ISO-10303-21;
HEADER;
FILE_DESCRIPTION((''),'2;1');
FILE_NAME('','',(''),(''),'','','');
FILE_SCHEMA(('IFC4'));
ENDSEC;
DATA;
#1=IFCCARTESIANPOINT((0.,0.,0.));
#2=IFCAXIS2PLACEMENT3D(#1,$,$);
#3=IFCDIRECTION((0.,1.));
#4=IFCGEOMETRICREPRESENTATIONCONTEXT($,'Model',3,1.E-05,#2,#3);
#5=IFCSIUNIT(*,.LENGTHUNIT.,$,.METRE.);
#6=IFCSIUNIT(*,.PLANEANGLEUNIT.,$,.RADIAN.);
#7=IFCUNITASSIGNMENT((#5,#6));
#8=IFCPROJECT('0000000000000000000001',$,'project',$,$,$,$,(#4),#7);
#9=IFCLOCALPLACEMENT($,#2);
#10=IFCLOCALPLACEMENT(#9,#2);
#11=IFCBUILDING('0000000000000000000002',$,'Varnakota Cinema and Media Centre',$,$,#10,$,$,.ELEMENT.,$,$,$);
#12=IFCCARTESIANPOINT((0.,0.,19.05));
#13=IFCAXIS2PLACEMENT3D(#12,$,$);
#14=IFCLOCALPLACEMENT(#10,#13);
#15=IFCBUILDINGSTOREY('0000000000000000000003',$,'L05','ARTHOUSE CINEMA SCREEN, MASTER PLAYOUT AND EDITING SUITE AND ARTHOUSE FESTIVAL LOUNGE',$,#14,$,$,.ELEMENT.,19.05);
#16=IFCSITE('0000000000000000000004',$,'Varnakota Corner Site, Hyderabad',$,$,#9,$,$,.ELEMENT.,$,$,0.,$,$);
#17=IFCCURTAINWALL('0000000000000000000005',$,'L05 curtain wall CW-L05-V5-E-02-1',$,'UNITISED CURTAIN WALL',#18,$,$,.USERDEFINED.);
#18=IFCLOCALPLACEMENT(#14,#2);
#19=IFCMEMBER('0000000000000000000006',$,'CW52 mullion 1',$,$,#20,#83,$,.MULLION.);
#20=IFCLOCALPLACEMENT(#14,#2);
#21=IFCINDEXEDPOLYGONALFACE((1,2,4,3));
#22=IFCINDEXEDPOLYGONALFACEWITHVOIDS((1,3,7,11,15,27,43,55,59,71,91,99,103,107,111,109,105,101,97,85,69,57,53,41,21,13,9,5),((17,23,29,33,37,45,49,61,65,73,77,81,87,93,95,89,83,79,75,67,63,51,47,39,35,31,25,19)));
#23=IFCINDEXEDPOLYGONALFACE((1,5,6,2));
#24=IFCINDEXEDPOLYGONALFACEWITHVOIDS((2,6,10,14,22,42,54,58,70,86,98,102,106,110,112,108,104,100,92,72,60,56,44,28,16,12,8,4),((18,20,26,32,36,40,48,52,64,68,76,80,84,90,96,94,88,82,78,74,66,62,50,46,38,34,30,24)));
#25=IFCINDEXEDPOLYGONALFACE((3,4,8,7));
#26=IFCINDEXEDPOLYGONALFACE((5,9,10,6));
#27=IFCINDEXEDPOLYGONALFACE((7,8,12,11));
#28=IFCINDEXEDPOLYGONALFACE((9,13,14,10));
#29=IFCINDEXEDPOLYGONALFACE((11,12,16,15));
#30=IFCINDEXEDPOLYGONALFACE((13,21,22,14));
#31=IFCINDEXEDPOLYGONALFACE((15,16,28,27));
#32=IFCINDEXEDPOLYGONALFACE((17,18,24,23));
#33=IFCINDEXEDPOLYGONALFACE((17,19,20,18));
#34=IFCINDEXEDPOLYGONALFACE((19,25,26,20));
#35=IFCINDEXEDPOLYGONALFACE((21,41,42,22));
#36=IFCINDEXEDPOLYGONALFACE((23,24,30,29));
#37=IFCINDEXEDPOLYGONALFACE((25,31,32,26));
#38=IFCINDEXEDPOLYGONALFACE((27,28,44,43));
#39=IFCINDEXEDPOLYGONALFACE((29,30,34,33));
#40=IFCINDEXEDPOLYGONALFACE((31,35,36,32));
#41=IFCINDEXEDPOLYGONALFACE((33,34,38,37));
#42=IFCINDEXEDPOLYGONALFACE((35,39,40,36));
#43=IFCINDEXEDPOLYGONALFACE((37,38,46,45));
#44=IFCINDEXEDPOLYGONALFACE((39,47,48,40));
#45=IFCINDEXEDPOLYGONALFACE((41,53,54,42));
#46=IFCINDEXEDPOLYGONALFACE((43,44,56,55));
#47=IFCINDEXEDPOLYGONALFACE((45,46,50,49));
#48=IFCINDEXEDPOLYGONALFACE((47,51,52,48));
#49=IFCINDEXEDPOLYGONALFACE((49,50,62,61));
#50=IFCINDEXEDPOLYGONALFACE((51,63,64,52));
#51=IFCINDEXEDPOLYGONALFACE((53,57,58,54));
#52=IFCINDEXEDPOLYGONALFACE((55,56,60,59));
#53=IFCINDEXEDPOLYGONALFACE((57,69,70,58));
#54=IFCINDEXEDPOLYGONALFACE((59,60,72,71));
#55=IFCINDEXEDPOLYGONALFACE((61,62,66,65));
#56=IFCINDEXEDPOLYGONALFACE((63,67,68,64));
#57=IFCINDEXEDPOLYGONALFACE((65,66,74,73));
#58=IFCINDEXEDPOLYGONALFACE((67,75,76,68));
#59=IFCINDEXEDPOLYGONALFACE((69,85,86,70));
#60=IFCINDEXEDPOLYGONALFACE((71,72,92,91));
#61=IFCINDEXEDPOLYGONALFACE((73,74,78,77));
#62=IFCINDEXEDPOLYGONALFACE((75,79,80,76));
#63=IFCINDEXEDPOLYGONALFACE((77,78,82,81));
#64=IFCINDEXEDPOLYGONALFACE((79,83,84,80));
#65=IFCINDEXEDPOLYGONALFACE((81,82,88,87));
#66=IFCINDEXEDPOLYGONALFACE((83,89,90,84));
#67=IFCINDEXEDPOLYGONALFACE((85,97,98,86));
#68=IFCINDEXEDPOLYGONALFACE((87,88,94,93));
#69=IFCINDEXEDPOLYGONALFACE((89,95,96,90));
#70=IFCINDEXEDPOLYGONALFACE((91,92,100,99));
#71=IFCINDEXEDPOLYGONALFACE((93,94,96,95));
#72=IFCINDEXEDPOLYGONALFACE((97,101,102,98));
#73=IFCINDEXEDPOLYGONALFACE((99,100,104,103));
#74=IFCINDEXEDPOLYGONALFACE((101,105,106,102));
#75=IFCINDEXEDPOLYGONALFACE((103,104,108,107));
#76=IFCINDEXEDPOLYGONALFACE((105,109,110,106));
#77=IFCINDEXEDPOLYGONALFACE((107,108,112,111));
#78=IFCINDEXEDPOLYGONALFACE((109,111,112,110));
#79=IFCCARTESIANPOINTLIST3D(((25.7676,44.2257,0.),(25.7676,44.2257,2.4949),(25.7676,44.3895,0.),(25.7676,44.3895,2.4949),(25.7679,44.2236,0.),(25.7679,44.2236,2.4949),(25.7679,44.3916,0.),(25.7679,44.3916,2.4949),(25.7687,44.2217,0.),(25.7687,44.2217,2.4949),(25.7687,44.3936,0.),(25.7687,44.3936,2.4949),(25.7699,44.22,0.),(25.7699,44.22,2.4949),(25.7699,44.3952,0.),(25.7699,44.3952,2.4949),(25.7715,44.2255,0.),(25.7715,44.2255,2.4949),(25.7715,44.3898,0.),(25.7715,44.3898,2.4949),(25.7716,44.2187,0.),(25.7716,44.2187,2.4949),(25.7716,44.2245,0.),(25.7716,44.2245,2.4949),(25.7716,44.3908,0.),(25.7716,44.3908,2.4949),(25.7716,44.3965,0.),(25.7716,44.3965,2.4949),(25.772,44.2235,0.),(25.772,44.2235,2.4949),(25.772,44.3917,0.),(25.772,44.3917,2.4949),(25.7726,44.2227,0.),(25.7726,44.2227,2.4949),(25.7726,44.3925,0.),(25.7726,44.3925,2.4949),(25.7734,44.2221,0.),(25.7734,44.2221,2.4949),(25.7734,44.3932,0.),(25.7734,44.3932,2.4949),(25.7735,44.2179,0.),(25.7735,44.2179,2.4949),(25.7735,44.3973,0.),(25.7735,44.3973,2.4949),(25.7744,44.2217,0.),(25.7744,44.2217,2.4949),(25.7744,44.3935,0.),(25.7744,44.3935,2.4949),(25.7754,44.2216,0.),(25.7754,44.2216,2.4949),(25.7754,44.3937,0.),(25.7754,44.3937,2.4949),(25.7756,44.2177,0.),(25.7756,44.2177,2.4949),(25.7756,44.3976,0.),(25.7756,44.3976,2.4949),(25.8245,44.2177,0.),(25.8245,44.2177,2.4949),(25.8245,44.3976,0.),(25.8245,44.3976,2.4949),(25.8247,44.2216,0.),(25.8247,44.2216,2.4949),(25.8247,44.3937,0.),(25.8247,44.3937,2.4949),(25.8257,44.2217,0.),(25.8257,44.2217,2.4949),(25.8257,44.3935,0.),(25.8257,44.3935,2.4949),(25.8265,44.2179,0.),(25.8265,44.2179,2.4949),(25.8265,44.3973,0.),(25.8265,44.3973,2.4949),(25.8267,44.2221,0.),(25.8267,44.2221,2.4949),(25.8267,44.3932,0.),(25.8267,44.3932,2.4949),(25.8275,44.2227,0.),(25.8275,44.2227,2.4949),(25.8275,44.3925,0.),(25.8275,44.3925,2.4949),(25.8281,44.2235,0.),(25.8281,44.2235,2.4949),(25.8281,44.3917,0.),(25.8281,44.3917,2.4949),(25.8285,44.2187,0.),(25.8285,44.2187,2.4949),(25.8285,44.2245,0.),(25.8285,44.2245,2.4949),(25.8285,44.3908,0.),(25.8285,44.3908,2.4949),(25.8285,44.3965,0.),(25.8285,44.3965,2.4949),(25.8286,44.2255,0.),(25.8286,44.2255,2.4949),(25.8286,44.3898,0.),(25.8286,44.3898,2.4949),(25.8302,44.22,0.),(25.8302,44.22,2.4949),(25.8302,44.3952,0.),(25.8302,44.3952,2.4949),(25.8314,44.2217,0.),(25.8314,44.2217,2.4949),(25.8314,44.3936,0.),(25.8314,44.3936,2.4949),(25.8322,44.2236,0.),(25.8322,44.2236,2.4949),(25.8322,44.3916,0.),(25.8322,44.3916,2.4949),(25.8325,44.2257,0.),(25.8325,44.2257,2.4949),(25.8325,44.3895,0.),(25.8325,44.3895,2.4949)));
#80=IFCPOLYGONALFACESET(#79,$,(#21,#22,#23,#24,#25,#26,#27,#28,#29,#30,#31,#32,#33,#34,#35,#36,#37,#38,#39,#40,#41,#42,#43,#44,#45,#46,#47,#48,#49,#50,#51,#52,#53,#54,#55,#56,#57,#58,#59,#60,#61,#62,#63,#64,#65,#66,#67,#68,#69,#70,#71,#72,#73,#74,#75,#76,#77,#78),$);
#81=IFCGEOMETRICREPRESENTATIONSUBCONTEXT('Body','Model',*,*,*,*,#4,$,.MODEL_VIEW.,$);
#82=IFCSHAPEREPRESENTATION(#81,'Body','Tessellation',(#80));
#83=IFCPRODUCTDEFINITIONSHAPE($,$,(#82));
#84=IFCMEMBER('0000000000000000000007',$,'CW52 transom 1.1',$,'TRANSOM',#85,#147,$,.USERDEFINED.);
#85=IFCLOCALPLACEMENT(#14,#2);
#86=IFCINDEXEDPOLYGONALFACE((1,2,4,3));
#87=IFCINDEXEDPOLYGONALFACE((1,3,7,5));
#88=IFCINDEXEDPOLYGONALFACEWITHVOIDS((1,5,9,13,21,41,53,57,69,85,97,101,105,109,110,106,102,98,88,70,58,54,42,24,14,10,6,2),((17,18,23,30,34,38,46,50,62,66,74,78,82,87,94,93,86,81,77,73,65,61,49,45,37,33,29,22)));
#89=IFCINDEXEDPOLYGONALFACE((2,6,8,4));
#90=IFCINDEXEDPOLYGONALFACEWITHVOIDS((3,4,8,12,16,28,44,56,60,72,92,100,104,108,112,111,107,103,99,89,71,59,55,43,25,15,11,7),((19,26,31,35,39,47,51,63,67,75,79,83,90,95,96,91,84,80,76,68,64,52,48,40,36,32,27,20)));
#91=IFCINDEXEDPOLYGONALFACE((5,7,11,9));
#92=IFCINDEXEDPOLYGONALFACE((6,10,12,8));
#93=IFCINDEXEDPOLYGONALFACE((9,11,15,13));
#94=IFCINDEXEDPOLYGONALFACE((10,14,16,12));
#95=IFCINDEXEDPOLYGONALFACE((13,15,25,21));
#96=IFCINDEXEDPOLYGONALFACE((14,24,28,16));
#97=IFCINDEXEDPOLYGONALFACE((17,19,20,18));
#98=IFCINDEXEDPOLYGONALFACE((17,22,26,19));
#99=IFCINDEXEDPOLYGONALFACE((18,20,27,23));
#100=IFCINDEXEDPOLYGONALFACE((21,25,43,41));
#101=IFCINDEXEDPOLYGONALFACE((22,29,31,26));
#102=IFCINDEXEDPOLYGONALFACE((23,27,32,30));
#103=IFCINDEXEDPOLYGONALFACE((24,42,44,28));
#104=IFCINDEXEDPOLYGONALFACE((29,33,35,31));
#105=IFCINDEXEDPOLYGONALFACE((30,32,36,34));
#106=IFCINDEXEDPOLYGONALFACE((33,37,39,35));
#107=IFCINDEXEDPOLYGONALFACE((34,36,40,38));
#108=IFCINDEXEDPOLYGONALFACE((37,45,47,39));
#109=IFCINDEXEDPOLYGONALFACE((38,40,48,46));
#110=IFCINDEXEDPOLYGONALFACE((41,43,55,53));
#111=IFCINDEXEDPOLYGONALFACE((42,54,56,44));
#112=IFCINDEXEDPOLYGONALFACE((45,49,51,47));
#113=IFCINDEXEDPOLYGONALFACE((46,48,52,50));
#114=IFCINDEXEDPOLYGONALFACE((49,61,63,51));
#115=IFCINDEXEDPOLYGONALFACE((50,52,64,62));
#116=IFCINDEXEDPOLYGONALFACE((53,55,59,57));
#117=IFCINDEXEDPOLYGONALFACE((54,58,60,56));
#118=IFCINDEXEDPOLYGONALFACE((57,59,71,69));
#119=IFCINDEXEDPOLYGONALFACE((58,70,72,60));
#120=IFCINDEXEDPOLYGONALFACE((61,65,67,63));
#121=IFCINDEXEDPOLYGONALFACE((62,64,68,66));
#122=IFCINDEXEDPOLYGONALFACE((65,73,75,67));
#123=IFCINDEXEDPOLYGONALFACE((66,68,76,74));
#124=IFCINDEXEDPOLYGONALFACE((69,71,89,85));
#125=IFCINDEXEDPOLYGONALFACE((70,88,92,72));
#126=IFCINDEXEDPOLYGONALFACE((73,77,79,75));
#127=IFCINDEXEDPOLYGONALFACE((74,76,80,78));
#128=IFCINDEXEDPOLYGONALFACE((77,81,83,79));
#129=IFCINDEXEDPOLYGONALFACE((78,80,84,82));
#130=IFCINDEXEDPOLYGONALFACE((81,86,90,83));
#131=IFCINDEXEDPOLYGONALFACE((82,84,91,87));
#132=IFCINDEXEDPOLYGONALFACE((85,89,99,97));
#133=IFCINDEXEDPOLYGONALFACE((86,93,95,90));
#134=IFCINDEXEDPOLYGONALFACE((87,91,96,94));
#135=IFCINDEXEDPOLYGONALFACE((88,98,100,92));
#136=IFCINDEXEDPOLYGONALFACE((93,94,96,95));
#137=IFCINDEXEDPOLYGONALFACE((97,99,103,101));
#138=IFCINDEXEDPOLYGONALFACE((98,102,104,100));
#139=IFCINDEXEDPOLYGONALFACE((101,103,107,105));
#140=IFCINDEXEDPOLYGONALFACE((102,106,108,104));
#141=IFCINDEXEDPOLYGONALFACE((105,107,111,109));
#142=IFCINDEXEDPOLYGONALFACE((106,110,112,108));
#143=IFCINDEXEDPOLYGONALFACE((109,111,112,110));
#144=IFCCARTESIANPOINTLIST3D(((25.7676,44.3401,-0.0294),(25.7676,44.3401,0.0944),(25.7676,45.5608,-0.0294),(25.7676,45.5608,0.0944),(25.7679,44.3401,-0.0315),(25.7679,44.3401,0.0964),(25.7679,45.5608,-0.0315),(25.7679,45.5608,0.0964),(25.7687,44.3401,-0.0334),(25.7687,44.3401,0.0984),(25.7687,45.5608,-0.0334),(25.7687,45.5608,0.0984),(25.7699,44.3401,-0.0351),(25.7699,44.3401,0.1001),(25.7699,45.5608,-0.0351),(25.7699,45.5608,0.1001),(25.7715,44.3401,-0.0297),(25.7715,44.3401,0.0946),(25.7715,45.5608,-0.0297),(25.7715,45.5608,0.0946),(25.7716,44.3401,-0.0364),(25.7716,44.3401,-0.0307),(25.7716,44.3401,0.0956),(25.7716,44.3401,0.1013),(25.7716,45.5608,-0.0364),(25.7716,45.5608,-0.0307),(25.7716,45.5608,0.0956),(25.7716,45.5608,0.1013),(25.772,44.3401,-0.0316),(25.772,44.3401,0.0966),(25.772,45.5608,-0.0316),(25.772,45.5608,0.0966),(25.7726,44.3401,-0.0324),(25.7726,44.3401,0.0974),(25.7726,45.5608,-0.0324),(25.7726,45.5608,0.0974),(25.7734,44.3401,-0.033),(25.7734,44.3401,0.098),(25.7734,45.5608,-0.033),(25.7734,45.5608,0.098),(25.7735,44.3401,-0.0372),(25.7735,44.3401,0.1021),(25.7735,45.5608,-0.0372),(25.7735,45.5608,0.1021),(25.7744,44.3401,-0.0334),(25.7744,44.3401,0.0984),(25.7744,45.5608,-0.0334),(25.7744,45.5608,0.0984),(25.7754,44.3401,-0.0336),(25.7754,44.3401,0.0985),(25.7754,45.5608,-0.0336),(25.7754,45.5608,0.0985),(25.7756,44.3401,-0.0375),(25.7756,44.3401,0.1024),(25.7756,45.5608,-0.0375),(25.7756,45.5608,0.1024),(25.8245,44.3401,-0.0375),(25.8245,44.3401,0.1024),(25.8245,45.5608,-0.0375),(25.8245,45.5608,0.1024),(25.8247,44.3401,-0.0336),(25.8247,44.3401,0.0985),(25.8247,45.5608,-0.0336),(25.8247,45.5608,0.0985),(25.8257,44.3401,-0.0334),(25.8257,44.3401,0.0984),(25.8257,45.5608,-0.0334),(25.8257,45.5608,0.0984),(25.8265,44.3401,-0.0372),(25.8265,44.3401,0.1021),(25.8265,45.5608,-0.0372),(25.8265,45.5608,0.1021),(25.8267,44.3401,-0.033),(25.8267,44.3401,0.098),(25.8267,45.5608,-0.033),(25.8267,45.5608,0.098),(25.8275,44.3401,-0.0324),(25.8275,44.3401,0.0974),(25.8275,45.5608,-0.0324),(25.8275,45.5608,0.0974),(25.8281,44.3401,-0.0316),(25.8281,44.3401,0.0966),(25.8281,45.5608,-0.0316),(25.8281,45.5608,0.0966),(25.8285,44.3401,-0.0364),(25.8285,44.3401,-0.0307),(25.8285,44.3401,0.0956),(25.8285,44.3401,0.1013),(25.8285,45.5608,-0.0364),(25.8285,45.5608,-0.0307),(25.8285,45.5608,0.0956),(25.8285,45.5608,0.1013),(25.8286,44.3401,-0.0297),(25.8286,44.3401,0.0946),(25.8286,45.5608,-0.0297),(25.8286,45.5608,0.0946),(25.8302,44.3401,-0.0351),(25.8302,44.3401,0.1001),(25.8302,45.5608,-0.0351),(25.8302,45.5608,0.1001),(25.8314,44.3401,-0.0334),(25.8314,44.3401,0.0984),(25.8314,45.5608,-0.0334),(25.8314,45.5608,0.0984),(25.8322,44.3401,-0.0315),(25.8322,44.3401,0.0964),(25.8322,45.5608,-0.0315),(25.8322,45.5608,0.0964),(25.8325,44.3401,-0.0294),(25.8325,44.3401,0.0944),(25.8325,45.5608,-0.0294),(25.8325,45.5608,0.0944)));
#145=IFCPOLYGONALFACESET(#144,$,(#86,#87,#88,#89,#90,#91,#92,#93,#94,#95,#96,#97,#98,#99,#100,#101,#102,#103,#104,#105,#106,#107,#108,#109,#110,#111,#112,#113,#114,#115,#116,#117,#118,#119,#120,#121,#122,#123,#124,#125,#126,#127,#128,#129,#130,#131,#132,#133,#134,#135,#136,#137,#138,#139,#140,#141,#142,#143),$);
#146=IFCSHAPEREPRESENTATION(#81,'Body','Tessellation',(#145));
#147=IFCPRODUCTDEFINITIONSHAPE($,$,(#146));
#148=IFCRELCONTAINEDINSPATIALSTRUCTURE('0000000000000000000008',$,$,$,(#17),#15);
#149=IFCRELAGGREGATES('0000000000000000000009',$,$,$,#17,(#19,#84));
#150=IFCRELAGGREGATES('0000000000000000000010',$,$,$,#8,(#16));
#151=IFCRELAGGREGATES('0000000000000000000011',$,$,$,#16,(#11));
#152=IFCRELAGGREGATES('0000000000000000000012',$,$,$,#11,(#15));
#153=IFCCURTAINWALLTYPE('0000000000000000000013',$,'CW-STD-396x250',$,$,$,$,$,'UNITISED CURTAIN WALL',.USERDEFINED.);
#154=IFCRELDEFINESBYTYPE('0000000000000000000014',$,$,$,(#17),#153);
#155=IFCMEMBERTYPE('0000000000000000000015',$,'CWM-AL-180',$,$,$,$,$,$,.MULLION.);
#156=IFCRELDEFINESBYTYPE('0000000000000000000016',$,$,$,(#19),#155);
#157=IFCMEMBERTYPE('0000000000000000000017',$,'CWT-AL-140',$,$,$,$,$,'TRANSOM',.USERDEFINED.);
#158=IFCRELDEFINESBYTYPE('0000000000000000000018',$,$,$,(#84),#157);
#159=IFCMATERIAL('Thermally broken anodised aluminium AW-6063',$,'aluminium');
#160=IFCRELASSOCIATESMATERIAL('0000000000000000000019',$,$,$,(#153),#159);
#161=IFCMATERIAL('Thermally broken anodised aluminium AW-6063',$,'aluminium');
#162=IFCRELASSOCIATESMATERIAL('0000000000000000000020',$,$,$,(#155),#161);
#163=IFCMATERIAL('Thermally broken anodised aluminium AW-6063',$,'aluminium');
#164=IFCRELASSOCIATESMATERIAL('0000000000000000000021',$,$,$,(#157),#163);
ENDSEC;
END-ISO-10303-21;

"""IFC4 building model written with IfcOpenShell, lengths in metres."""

from ifc_helpers import new_model, si_unit, direction, frame, origin, origin_2d, place, context, subcontext, project, spatial, hollow_rectangle, extrude, material, material_profile, profile_set, type_object, element, aggregate, save


model = new_model("IFC4")

# Units and contexts
model_context = context("Model", 3, precision=1e-05, world=origin(), true_north=direction((0.0, 1.0)))
body_context = subcontext(model_context, "Body", "Model", "MODEL_VIEW")
ifc_project = project(units=[si_unit("LENGTHUNIT", "METRE"), si_unit("PLANEANGLEUNIT", "RADIAN")], contexts=[model_context])

# Site, building, storey
site_placement = place(None, origin())
site = spatial("IfcSite", under=ifc_project, at=site_placement, Name="Varnakota Corner Site, Hyderabad", CompositionType="ELEMENT", RefElevation=0.0)
building_placement = place(site_placement, origin())
building = spatial("IfcBuilding", under=site, at=building_placement, Name="Varnakota Cinema and Media Centre", CompositionType="ELEMENT")
storey_placement = place(building_placement, frame((0.0, 0.0, 19.05)))
storey = spatial("IfcBuildingStorey", under=building, at=storey_placement, Name="L05", Description="ARTHOUSE CINEMA SCREEN, MASTER PLAYOUT AND EDITING SUITE AND ARTHOUSE FESTIVAL LOUNGE", CompositionType="ELEMENT", Elevation=19.05)

# Curtain wall, members
ifc_material_1 = material(Name="Thermally broken anodised aluminium AW-6063", Category="aluminium")
curtain_wall_type = type_object("IfcCurtainWallType", Name="CW-STD-396x250", ElementType="UNITISED CURTAIN WALL", PredefinedType="USERDEFINED", material=ifc_material_1)
curtain_wall_placement = place(storey_placement, origin())
curtain_wall = element("IfcCurtainWall", 1, at=curtain_wall_placement, inside=storey, type_object=curtain_wall_type, Name="L05 curtain wall CW-L05-V5-E-02-1", ObjectType="UNITISED CURTAIN WALL", PredefinedType="USERDEFINED")
ifc_material_2 = material(Name="Thermally broken anodised aluminium AW-6063", Category="aluminium")
ifc_material_profile_1 = material_profile(ifc_material_2, hollow_rectangle(XDim=0.0649, YDim=0.1799, WallThickness=0.0039, InnerFilletRadius=0.0039, OuterFilletRadius=0.0081, at=origin_2d()), Name="AL-MULLION 180x65x4")
ifc_profile_set_1 = profile_set([ifc_material_profile_1], Name="Thermally broken anodised aluminium AW-6063")
member_type_1 = type_object("IfcMemberType", Name="CWM-AL-180", PredefinedType="MULLION", material=ifc_profile_set_1)
member_1_placement = place(storey_placement, frame((25.8, 44.3076, 0.0), z_axis=(0.0, 0.0, 1.0), x_axis=(-1.0, 0.0, 0.0)))
member_1 = element("IfcMember", 2, at=member_1_placement, type_object=member_type_1, Name="CW52 mullion 1", PredefinedType="MULLION", context=body_context, shape_type="SweptSolid", body=[
    extrude(hollow_rectangle(XDim=0.0649, YDim=0.1799, WallThickness=0.0039, InnerFilletRadius=0.0039, OuterFilletRadius=0.0081, at=origin_2d()), origin(), (0.0, 0.0, 1.0), 2.4949),
])
ifc_material_3 = material(Name="Thermally broken anodised aluminium AW-6063", Category="aluminium")
ifc_material_profile_2 = material_profile(ifc_material_3, hollow_rectangle(XDim=0.0649, YDim=0.1399, WallThickness=0.0039, InnerFilletRadius=0.0039, OuterFilletRadius=0.0081, at=origin_2d()), Name="AL-TRANSOM 140x65x4")
ifc_profile_set_2 = profile_set([ifc_material_profile_2], Name="Thermally broken anodised aluminium AW-6063")
member_type_2 = type_object("IfcMemberType", Name="CWT-AL-140", ElementType="TRANSOM", PredefinedType="USERDEFINED", material=ifc_profile_set_2)
member_2_placement = place(storey_placement, frame((25.8, 44.3401, 0.0325), z_axis=(0.0, 1.0, 0.0), x_axis=(-1.0, 0.0, 0.0)))
member_2 = element("IfcMember", 3, at=member_2_placement, type_object=member_type_2, Name="CW52 transom 1.1", ObjectType="TRANSOM", PredefinedType="USERDEFINED", context=body_context, shape_type="SweptSolid", body=[
    extrude(hollow_rectangle(XDim=0.0649, YDim=0.1399, WallThickness=0.0039, InnerFilletRadius=0.0039, OuterFilletRadius=0.0081, at=origin_2d()), origin(), (0.0, 0.0, 1.0), 1.2207),
])
aggregate(curtain_wall, [member_1, member_2])

save(model, "model.ifc")
